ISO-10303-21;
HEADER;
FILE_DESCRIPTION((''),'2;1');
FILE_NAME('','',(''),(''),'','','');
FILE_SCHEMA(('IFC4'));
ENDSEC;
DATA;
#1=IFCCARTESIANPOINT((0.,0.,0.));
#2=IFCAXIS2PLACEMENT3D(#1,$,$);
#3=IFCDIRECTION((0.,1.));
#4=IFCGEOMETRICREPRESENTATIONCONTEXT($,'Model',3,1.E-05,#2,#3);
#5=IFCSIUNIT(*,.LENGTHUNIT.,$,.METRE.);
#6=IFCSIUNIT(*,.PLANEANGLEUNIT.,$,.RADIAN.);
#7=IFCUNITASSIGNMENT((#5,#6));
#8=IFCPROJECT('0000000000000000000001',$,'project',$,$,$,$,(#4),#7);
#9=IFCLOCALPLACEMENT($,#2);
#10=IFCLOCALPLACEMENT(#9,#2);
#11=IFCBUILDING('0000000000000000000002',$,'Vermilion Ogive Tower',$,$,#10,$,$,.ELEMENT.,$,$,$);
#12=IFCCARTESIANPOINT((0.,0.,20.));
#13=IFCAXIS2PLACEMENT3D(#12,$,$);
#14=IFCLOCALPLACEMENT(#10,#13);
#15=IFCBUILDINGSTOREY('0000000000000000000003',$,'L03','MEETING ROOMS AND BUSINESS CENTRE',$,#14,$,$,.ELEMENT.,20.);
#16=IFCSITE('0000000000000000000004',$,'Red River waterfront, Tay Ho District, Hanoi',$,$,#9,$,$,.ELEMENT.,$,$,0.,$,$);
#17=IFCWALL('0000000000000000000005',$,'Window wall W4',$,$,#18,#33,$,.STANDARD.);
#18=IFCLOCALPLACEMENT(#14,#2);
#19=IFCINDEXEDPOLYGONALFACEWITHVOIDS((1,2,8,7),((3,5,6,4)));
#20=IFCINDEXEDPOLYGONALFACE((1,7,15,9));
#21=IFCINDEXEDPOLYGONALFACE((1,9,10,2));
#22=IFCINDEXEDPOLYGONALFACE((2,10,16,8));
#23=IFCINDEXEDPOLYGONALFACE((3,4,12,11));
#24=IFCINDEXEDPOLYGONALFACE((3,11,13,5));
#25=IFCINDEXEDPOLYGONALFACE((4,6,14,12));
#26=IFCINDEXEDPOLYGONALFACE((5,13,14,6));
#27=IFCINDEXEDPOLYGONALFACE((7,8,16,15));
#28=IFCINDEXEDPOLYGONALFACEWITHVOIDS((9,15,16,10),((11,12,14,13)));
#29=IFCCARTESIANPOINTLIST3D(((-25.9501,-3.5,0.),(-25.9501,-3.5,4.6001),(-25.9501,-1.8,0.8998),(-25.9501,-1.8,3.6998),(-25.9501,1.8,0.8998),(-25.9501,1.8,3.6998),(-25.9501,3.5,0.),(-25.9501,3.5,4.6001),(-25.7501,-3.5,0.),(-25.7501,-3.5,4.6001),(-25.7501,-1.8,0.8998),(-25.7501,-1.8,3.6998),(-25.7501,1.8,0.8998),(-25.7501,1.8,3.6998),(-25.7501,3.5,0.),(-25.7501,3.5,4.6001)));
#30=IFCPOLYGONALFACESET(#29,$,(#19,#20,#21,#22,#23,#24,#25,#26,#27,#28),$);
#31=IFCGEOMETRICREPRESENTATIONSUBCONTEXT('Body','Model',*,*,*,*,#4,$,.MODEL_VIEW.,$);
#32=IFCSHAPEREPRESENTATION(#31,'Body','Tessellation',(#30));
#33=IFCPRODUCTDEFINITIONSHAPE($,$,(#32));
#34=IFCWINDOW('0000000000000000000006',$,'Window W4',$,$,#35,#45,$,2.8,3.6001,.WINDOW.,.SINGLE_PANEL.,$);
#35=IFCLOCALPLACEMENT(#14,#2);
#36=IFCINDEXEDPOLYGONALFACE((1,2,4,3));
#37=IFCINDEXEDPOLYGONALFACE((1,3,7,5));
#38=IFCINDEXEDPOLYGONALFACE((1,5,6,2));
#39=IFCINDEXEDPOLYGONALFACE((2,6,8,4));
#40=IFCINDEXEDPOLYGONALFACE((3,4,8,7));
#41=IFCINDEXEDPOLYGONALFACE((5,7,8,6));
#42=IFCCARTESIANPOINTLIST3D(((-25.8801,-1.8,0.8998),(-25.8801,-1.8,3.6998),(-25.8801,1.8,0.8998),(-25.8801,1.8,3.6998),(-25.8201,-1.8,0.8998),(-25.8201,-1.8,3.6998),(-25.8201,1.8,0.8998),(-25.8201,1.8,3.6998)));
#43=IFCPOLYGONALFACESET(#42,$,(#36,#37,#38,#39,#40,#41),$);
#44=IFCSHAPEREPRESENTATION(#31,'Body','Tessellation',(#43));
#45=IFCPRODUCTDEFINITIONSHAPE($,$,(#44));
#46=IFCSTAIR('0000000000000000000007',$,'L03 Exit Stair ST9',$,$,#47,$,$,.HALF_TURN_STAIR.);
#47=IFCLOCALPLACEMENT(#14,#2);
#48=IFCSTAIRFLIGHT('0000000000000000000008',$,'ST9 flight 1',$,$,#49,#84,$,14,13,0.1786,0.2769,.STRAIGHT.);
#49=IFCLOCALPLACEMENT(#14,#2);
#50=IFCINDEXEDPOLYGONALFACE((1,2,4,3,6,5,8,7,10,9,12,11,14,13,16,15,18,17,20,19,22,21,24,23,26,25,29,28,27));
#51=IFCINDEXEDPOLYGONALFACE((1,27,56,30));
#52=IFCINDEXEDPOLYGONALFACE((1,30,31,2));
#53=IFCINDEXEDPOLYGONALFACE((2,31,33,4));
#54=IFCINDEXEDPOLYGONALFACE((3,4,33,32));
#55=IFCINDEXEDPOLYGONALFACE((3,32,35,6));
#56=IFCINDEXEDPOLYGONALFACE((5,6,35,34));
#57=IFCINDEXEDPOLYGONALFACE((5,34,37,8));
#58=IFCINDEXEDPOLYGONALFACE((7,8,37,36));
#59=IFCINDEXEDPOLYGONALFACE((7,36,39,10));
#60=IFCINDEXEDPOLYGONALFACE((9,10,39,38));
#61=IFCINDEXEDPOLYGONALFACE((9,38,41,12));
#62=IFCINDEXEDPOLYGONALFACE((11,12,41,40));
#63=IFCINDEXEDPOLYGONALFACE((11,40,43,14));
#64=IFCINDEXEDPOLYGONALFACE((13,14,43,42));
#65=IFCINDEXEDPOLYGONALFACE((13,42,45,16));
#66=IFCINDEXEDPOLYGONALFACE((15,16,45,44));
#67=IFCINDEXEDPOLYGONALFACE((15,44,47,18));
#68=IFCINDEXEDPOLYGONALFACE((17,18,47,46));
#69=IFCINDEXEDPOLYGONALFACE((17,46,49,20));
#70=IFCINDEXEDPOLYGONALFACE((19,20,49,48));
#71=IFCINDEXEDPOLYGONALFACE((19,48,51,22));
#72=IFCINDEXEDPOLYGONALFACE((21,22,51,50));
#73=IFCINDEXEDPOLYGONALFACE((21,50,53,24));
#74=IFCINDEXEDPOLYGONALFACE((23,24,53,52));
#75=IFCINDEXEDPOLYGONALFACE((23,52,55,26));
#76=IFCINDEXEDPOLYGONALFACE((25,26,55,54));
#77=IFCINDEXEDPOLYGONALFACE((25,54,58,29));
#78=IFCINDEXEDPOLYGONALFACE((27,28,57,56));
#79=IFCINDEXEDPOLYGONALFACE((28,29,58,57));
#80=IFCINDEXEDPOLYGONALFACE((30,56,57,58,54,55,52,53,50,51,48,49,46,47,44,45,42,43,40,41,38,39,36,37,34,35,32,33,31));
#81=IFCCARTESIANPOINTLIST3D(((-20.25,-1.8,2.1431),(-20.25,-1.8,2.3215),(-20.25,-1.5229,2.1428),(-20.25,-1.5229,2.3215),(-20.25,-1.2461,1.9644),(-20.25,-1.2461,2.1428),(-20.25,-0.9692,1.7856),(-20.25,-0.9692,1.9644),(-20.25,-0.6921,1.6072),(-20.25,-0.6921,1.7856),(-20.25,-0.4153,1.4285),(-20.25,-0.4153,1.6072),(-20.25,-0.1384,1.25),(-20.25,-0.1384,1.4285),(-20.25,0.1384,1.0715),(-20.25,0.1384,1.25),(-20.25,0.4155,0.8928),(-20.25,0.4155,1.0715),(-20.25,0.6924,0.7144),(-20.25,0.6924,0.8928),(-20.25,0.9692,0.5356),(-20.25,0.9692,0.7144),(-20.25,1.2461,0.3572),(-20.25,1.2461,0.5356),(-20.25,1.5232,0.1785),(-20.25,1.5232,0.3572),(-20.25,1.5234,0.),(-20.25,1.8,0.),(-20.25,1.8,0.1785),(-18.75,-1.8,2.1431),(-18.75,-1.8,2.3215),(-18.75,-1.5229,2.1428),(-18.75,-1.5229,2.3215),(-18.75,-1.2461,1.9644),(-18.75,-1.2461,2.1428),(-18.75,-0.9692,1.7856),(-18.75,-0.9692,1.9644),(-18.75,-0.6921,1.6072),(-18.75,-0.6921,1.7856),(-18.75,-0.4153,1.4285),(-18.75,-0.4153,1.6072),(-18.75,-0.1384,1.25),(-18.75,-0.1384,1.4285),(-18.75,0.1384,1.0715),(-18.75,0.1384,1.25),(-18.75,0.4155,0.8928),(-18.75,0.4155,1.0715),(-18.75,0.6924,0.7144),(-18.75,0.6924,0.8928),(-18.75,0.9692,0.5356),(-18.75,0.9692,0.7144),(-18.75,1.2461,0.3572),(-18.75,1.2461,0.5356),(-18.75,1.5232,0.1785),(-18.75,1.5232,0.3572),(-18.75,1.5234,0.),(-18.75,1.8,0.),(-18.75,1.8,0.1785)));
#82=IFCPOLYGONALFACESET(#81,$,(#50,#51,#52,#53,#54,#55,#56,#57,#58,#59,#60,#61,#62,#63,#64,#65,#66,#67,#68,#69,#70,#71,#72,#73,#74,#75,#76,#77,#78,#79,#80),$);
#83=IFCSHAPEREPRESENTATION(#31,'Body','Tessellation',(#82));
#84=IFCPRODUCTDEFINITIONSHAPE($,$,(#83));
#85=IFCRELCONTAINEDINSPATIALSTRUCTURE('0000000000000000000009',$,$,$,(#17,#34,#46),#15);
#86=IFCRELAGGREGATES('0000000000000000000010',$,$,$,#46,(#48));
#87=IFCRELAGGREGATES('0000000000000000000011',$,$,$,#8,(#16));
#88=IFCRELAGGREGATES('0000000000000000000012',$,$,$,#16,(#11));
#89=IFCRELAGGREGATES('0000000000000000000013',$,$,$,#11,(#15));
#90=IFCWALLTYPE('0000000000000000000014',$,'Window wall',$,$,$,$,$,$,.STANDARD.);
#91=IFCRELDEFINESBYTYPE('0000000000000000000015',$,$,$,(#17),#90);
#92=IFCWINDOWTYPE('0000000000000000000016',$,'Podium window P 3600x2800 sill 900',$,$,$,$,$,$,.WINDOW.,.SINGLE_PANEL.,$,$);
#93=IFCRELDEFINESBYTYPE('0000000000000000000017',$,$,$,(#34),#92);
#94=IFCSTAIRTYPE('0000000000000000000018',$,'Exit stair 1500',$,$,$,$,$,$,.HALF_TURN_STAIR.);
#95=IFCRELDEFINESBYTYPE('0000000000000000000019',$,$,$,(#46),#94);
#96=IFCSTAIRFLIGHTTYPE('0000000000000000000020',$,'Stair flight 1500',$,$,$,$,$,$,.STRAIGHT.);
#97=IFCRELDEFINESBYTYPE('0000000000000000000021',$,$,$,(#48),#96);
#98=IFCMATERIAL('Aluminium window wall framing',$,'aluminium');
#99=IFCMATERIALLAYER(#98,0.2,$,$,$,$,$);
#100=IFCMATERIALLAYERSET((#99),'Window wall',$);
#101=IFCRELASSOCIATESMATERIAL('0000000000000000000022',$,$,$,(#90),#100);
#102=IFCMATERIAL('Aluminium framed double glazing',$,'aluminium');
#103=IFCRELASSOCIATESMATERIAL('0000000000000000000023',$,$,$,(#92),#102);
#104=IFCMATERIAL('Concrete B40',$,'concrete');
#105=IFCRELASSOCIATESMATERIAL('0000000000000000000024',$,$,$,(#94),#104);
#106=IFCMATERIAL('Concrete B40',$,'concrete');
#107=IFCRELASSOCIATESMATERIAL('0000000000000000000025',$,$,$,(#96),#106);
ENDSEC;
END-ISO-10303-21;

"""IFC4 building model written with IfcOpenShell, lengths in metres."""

from ifc_helpers import new_model, si_unit, direction, frame, frame_2d, origin, place, context, subcontext, project, spatial, polyline, rectangle, outline, extrude, material, layer, layer_set, type_object, element, fill, aggregate, save


model = new_model("IFC4")

# Units and contexts
model_context = context("Model", 3, precision=1e-05, world=origin(), true_north=direction((0.0, 1.0)))
body_context = subcontext(model_context, "Body", "Model", "MODEL_VIEW")
ifc_project = project(units=[si_unit("LENGTHUNIT", "METRE"), si_unit("PLANEANGLEUNIT", "RADIAN")], contexts=[model_context])

# Site, building, storey
site_placement = place(None, origin())
site = spatial("IfcSite", under=ifc_project, at=site_placement, Name="Red River waterfront, Tay Ho District, Hanoi", CompositionType="ELEMENT", RefElevation=0.0)
building_placement = place(site_placement, origin())
building = spatial("IfcBuilding", under=site, at=building_placement, Name="Vermilion Ogive Tower", CompositionType="ELEMENT")
storey_placement = place(building_placement, frame((0.0, 0.0, 20.0)))
storey = spatial("IfcBuildingStorey", under=building, at=storey_placement, Name="L03", Description="MEETING ROOMS AND BUSINESS CENTRE", CompositionType="ELEMENT", Elevation=20.0)

# Wall, opening, window
ifc_material_1 = material(Name="Aluminium window wall framing", Category="aluminium")
ifc_layer_1 = layer(ifc_material_1, 0.2)
ifc_layer_set_1 = layer_set([ifc_layer_1], Name="Window wall")
wall_type_1 = type_object("IfcWallType", Name="Window wall", PredefinedType="STANDARD", material=ifc_layer_set_1)
ifc_material_2 = material(Name="Aluminium framed double glazing", Category="aluminium")
window_type = type_object("IfcWindowType", Name="Podium window P 3600x2800 sill 900", PartitioningType="SINGLE_PANEL", PredefinedType="WINDOW", material=ifc_material_2)
wall_1_placement = place(storey_placement, frame((-25.8501, 3.5, 0.0), z_axis=(0.0, 0.0, 1.0), x_axis=(0.0, -1.0, 0.0)))
wall_1 = element("IfcWall", 1, at=wall_1_placement, inside=storey, type_object=wall_type_1, Name="Window wall W4", PredefinedType="STANDARD", context=body_context, shape_type="SweptSolid", body=[
    extrude(rectangle(XDim=7.0, YDim=0.2, at=frame_2d((3.5, 0.0))), origin(), (0.0, 0.0, 1.0), 4.6001),
])
opening_1_placement = place(wall_1_placement, frame((1.7, 0.0, 0.8999)))
opening_1 = element("IfcOpeningElement", 2, at=opening_1_placement, cuts=wall_1, PredefinedType="OPENING", context=body_context, shape_type="SweptSolid", body=[
    extrude(rectangle(XDim=3.6001, YDim=2.8, at=frame_2d((1.8, 1.3999))), frame((0.0, 0.1099, 0.0), z_axis=(0.0, -1.0, 0.0), x_axis=(1.0, 0.0, 0.0)), (0.0, 0.0, 1.0), 0.22),
])
window_1_placement = place(opening_1_placement, origin())
window_1 = element("IfcWindow", 3, at=window_1_placement, inside=storey, type_object=window_type, Name="Window W4", OverallHeight=2.8, OverallWidth=3.6001, PartitioningType="SINGLE_PANEL", PredefinedType="WINDOW", context=body_context, shape_type="SweptSolid", body=[
    extrude(rectangle(XDim=3.6001, YDim=2.8, at=frame_2d((1.8, 1.3999))), frame((0.0, 0.03, 0.0), z_axis=(0.0, -1.0, 0.0), x_axis=(1.0, 0.0, 0.0)), (0.0, 0.0, 1.0), 0.0601),
])
fill(opening_1, window_1)

# Stair, stair flight
ifc_material_3 = material(Name="Concrete B40", Category="concrete")
stair_type = type_object("IfcStairType", Name="Exit stair 1500", PredefinedType="HALF_TURN_STAIR", material=ifc_material_3)
stair_placement = place(storey_placement, origin())
stair = element("IfcStair", 4, at=stair_placement, inside=storey, type_object=stair_type, Name="L03 Exit Stair ST9", PredefinedType="HALF_TURN_STAIR")
ifc_material_4 = material(Name="Concrete B40", Category="concrete")
stair_flight_type = type_object("IfcStairFlightType", Name="Stair flight 1500", PredefinedType="STRAIGHT", material=ifc_material_4)
stair_flight_placement = place(storey_placement, frame((-19.5, 1.8, 0.0), z_axis=(0.0, 0.0, 1.0), x_axis=(0.0, -1.0, 0.0)))
stair_flight = element("IfcStairFlight", 5, at=stair_flight_placement, type_object=stair_flight_type, Name="ST9 flight 1", NumberOfRisers=14, NumberOfTreads=13, PredefinedType="STRAIGHT", RiserHeight=0.1786, TreadLength=0.2769, context=body_context, shape_type="SweptSolid", body=[
    extrude(outline(polyline([(0.0, 0.0), (0.0, 0.1785), (0.2769, 0.1785), (0.2769, 0.3572), (0.554, 0.3572), (0.554, 0.5356), (0.8308, 0.5356), (0.8308, 0.7144), (1.1077, 0.7144), (1.1077, 0.8928), (1.3845, 0.8928), (1.3845, 1.0715), (1.6616, 1.0715), (1.6616, 1.25), (1.9385, 1.25), (1.9385, 1.4285), (2.2153, 1.4285), (2.2153, 1.6072), (2.4922, 1.6072), (2.4922, 1.7856), (2.7693, 1.7856), (2.7693, 1.9644), (3.0461, 1.9644), (3.0461, 2.1428), (3.323, 2.1428), (3.323, 2.3215), (3.6001, 2.3215), (3.6001, 2.5), (3.6001, 2.1431), (0.2766, 0.0), (0.0, 0.0)])), frame((0.0, 0.75, 0.0), z_axis=(0.0, -1.0, 0.0), x_axis=(1.0, 0.0, 0.0)), (0.0, 0.0, 1.0), 1.5),
])
aggregate(stair, [stair_flight])

save(model, "model.ifc")
